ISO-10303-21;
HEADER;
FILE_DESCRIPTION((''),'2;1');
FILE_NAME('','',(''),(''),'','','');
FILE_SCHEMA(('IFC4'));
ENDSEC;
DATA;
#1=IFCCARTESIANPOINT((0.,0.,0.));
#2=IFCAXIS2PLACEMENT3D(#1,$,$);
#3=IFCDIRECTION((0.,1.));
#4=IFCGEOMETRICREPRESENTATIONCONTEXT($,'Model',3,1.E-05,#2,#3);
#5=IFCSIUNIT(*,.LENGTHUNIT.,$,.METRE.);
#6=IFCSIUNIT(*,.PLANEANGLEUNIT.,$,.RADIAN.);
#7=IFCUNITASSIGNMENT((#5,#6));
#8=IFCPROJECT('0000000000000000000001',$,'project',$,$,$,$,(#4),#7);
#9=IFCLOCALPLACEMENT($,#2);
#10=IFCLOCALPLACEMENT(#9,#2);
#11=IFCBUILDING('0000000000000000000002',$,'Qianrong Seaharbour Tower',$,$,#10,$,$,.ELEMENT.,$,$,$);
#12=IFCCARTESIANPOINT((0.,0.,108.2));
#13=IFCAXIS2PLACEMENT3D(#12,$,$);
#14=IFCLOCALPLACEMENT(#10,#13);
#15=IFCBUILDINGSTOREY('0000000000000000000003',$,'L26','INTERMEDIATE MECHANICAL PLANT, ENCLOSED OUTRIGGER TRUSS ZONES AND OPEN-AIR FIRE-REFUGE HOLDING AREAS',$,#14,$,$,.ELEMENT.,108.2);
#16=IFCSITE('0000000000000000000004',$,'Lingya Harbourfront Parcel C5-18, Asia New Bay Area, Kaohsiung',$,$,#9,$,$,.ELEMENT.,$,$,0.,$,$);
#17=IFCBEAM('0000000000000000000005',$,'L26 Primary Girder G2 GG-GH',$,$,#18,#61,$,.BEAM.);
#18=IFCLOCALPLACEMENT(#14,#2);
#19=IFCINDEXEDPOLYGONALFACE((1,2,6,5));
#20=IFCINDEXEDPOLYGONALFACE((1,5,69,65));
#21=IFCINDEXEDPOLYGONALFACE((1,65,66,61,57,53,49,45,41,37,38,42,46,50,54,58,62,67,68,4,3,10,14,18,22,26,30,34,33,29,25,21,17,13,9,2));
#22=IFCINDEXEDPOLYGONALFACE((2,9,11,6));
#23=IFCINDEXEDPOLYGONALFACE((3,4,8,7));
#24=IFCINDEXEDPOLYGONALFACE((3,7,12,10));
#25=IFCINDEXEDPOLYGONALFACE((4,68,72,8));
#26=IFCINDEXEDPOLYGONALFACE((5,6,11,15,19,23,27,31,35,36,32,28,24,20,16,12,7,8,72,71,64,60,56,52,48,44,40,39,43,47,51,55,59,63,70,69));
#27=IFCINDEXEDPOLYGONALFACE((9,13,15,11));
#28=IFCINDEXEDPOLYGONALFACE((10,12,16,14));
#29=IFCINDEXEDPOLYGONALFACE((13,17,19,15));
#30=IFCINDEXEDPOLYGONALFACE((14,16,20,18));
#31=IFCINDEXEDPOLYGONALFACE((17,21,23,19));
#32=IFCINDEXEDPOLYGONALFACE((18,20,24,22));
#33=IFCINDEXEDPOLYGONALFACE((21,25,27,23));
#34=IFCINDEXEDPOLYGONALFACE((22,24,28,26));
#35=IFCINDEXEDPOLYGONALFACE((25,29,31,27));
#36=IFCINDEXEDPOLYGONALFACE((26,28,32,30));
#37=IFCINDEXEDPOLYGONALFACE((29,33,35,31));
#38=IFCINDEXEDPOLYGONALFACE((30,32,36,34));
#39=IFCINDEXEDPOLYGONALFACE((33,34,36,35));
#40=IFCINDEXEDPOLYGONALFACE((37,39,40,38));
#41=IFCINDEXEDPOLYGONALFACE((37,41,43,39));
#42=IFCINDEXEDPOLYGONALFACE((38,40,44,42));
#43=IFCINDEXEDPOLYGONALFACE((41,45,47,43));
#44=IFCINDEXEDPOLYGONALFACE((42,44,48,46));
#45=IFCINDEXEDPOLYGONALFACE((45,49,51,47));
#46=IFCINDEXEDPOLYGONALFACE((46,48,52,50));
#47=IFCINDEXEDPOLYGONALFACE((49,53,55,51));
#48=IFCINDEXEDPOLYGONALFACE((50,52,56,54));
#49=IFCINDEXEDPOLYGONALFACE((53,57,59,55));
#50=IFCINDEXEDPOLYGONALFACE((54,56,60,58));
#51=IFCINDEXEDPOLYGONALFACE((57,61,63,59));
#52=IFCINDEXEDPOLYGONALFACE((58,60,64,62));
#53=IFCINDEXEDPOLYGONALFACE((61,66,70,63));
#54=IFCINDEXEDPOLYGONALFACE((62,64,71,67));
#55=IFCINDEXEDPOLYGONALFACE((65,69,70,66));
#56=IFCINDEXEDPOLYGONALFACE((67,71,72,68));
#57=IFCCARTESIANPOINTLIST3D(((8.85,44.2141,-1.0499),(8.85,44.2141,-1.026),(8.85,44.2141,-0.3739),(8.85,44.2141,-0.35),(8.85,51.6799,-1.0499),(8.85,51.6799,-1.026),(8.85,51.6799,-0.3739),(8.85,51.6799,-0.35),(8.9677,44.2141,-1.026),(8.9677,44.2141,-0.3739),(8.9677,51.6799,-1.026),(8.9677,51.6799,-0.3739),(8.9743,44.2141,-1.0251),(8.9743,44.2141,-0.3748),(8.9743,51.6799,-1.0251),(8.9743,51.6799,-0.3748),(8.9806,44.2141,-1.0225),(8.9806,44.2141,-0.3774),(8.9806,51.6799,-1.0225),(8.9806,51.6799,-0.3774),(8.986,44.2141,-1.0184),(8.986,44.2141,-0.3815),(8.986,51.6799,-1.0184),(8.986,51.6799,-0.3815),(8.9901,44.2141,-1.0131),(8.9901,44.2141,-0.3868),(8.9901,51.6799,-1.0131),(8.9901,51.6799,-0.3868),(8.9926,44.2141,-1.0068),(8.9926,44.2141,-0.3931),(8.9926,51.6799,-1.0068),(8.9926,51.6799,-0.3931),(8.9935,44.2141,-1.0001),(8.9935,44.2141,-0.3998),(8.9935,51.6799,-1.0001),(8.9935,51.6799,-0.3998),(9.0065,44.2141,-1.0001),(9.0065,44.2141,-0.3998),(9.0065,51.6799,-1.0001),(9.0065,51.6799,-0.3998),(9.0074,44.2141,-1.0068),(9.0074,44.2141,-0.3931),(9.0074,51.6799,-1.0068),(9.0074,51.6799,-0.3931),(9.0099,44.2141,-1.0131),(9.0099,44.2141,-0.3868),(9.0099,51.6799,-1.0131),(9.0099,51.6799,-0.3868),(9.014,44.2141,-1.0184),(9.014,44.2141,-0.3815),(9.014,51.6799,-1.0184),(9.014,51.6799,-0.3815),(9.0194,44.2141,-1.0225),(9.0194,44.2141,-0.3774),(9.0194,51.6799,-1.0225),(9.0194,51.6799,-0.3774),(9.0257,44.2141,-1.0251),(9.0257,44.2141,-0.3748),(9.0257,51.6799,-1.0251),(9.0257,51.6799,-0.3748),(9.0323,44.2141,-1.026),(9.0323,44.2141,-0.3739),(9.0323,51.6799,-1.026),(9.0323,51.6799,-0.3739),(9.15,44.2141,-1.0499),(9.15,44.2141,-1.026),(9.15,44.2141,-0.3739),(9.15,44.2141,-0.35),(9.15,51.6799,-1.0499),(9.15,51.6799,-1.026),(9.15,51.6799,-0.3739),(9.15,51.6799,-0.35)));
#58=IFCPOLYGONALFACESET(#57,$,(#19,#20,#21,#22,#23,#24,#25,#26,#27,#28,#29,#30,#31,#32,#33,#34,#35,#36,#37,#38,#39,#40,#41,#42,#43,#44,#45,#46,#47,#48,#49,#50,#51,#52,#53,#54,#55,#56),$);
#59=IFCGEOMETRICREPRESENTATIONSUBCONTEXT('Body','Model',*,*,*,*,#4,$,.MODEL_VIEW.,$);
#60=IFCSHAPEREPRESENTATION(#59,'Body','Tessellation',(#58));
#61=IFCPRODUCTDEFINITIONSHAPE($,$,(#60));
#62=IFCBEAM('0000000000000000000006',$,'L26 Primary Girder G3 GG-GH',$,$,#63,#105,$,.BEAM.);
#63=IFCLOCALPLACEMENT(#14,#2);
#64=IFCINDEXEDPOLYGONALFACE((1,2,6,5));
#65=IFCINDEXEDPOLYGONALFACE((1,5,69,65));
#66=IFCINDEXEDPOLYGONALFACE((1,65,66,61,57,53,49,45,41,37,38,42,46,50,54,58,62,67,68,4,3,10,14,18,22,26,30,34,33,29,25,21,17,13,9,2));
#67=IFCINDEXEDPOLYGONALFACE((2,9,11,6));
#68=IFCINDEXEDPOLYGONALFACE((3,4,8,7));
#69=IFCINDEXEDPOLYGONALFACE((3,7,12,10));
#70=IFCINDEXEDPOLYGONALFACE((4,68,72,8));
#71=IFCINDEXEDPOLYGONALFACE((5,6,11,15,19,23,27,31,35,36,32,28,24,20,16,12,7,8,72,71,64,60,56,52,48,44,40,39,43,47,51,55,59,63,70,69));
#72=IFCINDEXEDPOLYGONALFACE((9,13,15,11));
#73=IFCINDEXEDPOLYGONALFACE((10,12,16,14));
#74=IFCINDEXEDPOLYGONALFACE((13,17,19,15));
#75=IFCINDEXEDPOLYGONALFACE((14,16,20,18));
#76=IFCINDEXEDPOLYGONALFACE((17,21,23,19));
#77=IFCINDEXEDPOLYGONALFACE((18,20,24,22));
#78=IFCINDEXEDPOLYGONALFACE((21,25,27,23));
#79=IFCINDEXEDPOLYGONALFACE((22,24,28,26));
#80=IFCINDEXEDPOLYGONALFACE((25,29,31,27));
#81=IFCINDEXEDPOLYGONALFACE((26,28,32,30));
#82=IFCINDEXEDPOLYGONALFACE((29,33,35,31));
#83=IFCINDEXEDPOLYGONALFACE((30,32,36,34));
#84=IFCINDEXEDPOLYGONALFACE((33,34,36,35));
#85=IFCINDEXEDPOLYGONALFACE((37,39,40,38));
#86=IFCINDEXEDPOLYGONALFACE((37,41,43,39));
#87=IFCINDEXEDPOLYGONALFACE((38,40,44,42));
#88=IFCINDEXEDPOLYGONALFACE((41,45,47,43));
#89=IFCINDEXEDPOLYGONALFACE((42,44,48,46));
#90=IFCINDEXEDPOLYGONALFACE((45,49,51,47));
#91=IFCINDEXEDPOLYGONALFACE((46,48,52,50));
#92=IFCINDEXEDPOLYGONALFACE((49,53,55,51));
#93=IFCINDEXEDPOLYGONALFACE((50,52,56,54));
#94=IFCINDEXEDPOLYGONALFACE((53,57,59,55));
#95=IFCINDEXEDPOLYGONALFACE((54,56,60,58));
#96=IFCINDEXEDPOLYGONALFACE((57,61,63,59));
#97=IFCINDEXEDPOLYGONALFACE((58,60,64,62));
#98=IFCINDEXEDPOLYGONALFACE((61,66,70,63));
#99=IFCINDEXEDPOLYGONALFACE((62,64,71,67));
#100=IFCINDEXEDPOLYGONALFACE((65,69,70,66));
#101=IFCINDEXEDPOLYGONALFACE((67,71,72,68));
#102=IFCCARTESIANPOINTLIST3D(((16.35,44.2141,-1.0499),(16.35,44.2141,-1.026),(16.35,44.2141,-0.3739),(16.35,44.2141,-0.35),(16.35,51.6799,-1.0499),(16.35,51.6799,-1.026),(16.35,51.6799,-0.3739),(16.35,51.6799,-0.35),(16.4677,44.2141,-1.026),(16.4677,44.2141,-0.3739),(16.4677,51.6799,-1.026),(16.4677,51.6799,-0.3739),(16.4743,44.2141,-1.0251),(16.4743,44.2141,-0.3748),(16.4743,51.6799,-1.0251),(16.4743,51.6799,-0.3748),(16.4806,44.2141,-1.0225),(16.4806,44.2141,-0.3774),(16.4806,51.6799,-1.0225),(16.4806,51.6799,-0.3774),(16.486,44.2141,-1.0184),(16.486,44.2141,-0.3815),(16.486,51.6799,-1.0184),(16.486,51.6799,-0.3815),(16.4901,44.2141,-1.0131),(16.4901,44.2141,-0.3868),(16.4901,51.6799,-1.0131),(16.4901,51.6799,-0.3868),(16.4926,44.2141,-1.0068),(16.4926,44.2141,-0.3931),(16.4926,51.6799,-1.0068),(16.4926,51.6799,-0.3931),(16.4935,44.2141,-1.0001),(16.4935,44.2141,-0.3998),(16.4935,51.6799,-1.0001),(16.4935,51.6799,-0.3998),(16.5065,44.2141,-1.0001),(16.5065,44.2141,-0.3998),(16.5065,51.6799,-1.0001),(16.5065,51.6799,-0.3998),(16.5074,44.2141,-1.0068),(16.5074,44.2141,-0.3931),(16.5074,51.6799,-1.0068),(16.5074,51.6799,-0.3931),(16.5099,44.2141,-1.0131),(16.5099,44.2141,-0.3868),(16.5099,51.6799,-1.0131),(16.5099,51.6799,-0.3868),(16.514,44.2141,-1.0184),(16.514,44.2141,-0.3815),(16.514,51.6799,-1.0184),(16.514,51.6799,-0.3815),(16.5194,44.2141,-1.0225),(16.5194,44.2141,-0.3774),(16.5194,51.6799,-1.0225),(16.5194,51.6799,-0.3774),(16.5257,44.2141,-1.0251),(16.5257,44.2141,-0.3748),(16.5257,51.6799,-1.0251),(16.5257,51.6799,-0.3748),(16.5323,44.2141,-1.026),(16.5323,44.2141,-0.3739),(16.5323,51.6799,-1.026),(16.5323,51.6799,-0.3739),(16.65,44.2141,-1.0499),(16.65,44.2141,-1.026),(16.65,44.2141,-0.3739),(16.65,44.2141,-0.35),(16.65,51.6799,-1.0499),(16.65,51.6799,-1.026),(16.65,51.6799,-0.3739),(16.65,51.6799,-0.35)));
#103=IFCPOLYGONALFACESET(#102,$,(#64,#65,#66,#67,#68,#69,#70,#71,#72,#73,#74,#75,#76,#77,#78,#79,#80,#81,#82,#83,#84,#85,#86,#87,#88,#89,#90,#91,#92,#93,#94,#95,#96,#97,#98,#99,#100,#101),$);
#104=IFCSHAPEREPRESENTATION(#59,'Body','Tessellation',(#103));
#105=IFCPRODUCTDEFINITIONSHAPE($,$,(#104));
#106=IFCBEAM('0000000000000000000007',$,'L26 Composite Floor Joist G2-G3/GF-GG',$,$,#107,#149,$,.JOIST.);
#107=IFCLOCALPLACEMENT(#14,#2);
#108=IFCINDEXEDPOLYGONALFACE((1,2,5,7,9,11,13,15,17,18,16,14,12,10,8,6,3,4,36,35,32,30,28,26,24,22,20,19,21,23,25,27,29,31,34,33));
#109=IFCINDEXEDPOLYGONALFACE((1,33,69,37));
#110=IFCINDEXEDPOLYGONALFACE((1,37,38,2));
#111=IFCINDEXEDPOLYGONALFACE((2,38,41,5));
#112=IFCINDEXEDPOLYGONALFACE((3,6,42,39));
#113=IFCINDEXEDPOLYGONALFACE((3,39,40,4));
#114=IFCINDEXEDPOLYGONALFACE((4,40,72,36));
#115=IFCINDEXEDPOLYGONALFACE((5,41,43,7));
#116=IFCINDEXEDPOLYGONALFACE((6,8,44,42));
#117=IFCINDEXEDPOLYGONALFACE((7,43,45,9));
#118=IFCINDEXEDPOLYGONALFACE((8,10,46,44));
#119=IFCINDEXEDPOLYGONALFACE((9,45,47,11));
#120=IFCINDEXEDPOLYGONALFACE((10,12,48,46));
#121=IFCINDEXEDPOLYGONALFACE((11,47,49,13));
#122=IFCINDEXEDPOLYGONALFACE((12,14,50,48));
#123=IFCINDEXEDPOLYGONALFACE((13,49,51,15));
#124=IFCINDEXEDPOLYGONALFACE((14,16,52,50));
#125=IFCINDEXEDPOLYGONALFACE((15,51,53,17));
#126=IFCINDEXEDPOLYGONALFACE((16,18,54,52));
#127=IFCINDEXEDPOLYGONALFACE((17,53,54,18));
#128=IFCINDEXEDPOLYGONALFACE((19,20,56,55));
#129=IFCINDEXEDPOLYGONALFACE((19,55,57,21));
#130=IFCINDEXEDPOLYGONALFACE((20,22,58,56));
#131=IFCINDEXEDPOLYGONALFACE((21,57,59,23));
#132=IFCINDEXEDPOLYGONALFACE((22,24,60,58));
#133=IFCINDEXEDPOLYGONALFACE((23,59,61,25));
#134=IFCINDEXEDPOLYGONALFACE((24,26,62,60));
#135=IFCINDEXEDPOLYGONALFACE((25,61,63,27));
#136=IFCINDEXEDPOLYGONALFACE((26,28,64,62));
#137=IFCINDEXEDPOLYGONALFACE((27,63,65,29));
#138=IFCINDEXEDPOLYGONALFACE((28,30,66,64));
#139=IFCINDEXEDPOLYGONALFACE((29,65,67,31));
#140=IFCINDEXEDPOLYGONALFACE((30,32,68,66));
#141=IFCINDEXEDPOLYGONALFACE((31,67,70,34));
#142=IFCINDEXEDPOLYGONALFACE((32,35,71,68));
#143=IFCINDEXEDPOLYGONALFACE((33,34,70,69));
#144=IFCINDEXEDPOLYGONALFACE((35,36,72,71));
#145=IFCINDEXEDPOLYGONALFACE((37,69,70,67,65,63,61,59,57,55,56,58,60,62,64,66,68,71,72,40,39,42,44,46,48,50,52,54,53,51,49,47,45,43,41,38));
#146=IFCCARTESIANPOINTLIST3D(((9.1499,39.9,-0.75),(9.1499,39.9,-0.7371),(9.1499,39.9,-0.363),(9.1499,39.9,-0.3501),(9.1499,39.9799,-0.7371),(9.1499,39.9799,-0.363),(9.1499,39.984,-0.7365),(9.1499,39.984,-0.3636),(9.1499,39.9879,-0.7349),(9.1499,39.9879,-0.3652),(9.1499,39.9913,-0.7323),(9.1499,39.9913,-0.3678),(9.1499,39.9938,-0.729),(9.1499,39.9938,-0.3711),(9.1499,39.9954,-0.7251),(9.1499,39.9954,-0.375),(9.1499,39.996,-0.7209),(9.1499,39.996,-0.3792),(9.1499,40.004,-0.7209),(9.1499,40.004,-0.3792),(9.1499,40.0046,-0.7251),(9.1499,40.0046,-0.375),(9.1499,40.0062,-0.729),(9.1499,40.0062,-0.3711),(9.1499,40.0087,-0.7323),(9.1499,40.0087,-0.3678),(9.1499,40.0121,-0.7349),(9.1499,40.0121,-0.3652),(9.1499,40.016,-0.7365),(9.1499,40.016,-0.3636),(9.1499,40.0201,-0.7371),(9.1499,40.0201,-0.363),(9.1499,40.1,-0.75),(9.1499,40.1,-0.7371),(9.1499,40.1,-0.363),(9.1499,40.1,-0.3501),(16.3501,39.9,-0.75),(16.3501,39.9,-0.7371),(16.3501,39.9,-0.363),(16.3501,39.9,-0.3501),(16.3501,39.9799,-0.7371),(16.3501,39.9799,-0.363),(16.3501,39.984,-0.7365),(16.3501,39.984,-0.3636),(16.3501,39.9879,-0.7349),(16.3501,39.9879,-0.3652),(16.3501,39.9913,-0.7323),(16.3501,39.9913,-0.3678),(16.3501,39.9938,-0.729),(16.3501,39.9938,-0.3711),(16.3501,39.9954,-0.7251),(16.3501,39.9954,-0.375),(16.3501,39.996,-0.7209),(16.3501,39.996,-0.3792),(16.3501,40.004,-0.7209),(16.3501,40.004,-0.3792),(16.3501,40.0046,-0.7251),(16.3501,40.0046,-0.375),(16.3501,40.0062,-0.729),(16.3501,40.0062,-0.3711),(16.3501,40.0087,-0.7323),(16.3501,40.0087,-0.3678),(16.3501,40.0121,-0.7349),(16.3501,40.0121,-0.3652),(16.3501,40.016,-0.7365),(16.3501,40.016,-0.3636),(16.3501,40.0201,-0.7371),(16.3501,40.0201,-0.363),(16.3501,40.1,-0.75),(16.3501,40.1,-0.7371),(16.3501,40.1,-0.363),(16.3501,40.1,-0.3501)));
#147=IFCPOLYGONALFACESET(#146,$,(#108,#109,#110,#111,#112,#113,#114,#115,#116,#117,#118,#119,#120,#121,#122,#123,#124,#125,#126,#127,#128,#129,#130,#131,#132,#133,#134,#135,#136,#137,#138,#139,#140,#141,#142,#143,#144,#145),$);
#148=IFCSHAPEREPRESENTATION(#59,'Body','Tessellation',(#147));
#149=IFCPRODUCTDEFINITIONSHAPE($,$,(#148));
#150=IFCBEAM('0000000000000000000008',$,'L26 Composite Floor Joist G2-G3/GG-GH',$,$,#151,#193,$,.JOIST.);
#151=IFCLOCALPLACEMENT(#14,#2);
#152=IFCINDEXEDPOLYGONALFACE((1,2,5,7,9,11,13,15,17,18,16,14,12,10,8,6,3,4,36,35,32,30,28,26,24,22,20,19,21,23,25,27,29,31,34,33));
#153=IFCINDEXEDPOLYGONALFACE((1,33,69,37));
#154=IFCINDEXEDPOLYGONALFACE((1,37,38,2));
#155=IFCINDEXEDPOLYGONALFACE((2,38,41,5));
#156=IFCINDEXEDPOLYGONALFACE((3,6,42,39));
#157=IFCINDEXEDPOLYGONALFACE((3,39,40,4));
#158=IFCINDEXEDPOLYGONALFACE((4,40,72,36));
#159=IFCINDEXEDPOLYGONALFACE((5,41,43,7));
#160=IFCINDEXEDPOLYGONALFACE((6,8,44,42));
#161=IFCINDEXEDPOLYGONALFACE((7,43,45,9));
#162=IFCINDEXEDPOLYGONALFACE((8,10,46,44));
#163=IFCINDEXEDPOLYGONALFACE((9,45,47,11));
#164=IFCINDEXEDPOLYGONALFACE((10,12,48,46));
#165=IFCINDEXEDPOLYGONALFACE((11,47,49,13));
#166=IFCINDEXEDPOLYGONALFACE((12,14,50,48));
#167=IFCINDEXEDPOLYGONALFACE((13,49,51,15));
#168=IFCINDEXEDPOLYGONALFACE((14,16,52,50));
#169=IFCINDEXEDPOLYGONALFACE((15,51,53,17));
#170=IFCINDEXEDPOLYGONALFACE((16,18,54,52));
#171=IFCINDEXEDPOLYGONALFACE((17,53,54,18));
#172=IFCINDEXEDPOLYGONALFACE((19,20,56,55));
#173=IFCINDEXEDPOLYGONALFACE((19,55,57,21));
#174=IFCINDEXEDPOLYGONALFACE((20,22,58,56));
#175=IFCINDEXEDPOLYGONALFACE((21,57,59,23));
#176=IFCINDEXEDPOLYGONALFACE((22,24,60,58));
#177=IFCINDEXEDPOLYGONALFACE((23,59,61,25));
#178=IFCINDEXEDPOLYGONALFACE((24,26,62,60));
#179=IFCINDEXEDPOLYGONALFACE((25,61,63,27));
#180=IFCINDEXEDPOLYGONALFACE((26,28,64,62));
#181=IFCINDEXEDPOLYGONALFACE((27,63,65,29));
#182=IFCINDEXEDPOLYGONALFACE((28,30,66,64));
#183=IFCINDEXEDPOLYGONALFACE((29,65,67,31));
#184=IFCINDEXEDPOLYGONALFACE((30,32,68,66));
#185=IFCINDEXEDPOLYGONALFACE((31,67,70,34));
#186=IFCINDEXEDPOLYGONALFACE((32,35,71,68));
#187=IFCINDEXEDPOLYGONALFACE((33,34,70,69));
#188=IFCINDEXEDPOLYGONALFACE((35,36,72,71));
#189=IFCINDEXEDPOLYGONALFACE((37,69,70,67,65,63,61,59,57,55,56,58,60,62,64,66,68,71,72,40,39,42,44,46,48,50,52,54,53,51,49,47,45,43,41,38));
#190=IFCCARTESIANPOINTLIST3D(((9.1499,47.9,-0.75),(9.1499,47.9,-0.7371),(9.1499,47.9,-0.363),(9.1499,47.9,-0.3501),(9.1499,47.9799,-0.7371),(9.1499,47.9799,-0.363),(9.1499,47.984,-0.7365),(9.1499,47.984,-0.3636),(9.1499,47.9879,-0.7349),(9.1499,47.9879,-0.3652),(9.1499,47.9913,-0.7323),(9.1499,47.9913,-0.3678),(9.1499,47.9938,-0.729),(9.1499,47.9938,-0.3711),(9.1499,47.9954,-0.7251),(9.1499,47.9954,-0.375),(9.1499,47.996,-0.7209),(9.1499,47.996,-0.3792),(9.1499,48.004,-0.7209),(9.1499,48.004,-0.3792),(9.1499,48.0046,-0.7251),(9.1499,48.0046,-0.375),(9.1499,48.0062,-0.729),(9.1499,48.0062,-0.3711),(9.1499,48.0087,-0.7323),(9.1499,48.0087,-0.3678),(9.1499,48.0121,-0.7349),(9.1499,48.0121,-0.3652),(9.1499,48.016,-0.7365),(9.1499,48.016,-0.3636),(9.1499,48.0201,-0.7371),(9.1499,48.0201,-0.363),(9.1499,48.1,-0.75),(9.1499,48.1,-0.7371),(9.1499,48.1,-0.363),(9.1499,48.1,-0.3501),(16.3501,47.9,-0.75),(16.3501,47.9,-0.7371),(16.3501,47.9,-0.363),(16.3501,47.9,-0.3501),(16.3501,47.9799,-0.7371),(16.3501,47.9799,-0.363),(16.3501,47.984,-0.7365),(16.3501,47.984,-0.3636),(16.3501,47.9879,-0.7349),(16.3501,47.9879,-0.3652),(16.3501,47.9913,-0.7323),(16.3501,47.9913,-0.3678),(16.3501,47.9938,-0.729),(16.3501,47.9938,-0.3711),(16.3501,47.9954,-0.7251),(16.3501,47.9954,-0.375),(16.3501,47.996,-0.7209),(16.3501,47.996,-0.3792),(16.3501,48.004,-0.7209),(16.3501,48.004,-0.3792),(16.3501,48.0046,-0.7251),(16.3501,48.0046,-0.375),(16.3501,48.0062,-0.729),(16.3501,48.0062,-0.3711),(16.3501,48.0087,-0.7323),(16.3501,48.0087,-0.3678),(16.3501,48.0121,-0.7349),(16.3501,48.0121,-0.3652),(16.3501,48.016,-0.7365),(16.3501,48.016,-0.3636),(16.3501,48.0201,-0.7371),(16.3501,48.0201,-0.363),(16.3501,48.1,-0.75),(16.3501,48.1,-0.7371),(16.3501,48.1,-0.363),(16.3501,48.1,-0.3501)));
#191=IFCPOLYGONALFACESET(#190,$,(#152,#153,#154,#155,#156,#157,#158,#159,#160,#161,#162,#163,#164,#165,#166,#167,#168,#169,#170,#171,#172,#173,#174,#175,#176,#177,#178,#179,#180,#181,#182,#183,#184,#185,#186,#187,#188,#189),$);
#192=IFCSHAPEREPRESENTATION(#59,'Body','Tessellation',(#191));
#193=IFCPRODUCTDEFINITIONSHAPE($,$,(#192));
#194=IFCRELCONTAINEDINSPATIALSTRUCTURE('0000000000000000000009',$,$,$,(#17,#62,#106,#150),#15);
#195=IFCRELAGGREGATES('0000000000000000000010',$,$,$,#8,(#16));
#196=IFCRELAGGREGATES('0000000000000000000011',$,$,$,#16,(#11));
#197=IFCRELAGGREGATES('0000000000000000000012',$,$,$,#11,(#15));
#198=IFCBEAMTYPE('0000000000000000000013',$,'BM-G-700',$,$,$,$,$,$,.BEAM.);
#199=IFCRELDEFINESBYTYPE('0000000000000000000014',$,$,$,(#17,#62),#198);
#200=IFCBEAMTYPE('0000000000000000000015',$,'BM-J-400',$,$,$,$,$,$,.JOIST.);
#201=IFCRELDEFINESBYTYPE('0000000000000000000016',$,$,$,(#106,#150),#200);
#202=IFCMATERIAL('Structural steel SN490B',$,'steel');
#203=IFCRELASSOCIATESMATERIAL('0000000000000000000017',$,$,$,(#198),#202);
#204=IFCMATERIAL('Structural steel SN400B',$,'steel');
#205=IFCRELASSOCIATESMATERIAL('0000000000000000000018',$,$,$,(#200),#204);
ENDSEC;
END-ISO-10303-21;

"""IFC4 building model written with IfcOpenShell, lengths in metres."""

from ifc_helpers import new_model, si_unit, direction, frame, origin, origin_2d, place, context, subcontext, project, spatial, i_section, extrude, material, material_profile, profile_set, type_object, element, save


model = new_model("IFC4")

# Units and contexts
model_context = context("Model", 3, precision=1e-05, world=origin(), true_north=direction((0.0, 1.0)))
body_context = subcontext(model_context, "Body", "Model", "MODEL_VIEW")
ifc_project = project(units=[si_unit("LENGTHUNIT", "METRE"), si_unit("PLANEANGLEUNIT", "RADIAN")], contexts=[model_context])

# Site, building, storey
site_placement = place(None, origin())
site = spatial("IfcSite", under=ifc_project, at=site_placement, Name="Lingya Harbourfront Parcel C5-18, Asia New Bay Area, Kaohsiung", CompositionType="ELEMENT", RefElevation=0.0)
building_placement = place(site_placement, origin())
building = spatial("IfcBuilding", under=site, at=building_placement, Name="Qianrong Seaharbour Tower", CompositionType="ELEMENT")
storey_placement = place(building_placement, frame((0.0, 0.0, 108.2)))
storey = spatial("IfcBuildingStorey", under=building, at=storey_placement, Name="L26", Description="INTERMEDIATE MECHANICAL PLANT, ENCLOSED OUTRIGGER TRUSS ZONES AND OPEN-AIR FIRE-REFUGE HOLDING AREAS", CompositionType="ELEMENT", Elevation=108.2)

# Shared definitions
ifc_material_1 = material(Name="Structural steel SN490B", Category="steel")

# Beams
ifc_material_profile_1 = material_profile(ifc_material_1, i_section(OverallWidth=0.3, OverallDepth=0.7, WebThickness=0.0129, FlangeThickness=0.0239, FilletRadius=0.0259, at=origin_2d()), Name="H700x300x13x24")
ifc_profile_set_1 = profile_set([ifc_material_profile_1], Name="Structural steel SN490B")
beam_type_1 = type_object("IfcBeamType", Name="BM-G-700", PredefinedType="BEAM", material=ifc_profile_set_1)
for number, where, z_axis, x_axis, name in (
    (1, (9.0, 44.2141, -0.7), (0.0, 1.0, 0.0), (-1.0, 0.0, 0.0), "L26 Primary Girder G2 GG-GH"),
    (2, (16.5, 44.2141, -0.7), (0.0, 1.0, 0.0), (-1.0, 0.0, 0.0), "L26 Primary Girder G3 GG-GH"),
):
    element("IfcBeam", number, at=place(storey_placement, frame(where, z_axis=z_axis, x_axis=x_axis)), inside=storey, type_object=beam_type_1, Name=name, PredefinedType="BEAM", context=body_context, shape_type="SweptSolid", body=[
        extrude(i_section(OverallWidth=0.3, OverallDepth=0.7, WebThickness=0.0129, FlangeThickness=0.0239, FilletRadius=0.0259, at=origin_2d()), origin(), (0.0, 0.0, 1.0), 7.4658),
    ])
ifc_material_2 = material(Name="Structural steel SN400B", Category="steel")
ifc_material_profile_2 = material_profile(ifc_material_2, i_section(OverallWidth=0.2, OverallDepth=0.3999, WebThickness=0.0081, FlangeThickness=0.0129, FilletRadius=0.0161, at=origin_2d()), Name="H400x200x8x13")
ifc_profile_set_2 = profile_set([ifc_material_profile_2], Name="Structural steel SN400B")
beam_type_2 = type_object("IfcBeamType", Name="BM-J-400", PredefinedType="JOIST", material=ifc_profile_set_2)
for number, where, z_axis, x_axis, name in (
    (3, (9.1499, 40.0, -0.55), (1.0, 0.0, 0.0), (0.0, 1.0, 0.0), "L26 Composite Floor Joist G2-G3/GF-GG"),
    (4, (9.1499, 48.0, -0.55), (1.0, 0.0, 0.0), (0.0, 1.0, 0.0), "L26 Composite Floor Joist G2-G3/GG-GH"),
):
    element("IfcBeam", number, at=place(storey_placement, frame(where, z_axis=z_axis, x_axis=x_axis)), inside=storey, type_object=beam_type_2, Name=name, PredefinedType="JOIST", context=body_context, shape_type="SweptSolid", body=[
        extrude(i_section(OverallWidth=0.2, OverallDepth=0.3999, WebThickness=0.0081, FlangeThickness=0.0129, FilletRadius=0.0161, at=origin_2d()), origin(), (0.0, 0.0, 1.0), 7.2002),
    ])

save(model, "model.ifc")
